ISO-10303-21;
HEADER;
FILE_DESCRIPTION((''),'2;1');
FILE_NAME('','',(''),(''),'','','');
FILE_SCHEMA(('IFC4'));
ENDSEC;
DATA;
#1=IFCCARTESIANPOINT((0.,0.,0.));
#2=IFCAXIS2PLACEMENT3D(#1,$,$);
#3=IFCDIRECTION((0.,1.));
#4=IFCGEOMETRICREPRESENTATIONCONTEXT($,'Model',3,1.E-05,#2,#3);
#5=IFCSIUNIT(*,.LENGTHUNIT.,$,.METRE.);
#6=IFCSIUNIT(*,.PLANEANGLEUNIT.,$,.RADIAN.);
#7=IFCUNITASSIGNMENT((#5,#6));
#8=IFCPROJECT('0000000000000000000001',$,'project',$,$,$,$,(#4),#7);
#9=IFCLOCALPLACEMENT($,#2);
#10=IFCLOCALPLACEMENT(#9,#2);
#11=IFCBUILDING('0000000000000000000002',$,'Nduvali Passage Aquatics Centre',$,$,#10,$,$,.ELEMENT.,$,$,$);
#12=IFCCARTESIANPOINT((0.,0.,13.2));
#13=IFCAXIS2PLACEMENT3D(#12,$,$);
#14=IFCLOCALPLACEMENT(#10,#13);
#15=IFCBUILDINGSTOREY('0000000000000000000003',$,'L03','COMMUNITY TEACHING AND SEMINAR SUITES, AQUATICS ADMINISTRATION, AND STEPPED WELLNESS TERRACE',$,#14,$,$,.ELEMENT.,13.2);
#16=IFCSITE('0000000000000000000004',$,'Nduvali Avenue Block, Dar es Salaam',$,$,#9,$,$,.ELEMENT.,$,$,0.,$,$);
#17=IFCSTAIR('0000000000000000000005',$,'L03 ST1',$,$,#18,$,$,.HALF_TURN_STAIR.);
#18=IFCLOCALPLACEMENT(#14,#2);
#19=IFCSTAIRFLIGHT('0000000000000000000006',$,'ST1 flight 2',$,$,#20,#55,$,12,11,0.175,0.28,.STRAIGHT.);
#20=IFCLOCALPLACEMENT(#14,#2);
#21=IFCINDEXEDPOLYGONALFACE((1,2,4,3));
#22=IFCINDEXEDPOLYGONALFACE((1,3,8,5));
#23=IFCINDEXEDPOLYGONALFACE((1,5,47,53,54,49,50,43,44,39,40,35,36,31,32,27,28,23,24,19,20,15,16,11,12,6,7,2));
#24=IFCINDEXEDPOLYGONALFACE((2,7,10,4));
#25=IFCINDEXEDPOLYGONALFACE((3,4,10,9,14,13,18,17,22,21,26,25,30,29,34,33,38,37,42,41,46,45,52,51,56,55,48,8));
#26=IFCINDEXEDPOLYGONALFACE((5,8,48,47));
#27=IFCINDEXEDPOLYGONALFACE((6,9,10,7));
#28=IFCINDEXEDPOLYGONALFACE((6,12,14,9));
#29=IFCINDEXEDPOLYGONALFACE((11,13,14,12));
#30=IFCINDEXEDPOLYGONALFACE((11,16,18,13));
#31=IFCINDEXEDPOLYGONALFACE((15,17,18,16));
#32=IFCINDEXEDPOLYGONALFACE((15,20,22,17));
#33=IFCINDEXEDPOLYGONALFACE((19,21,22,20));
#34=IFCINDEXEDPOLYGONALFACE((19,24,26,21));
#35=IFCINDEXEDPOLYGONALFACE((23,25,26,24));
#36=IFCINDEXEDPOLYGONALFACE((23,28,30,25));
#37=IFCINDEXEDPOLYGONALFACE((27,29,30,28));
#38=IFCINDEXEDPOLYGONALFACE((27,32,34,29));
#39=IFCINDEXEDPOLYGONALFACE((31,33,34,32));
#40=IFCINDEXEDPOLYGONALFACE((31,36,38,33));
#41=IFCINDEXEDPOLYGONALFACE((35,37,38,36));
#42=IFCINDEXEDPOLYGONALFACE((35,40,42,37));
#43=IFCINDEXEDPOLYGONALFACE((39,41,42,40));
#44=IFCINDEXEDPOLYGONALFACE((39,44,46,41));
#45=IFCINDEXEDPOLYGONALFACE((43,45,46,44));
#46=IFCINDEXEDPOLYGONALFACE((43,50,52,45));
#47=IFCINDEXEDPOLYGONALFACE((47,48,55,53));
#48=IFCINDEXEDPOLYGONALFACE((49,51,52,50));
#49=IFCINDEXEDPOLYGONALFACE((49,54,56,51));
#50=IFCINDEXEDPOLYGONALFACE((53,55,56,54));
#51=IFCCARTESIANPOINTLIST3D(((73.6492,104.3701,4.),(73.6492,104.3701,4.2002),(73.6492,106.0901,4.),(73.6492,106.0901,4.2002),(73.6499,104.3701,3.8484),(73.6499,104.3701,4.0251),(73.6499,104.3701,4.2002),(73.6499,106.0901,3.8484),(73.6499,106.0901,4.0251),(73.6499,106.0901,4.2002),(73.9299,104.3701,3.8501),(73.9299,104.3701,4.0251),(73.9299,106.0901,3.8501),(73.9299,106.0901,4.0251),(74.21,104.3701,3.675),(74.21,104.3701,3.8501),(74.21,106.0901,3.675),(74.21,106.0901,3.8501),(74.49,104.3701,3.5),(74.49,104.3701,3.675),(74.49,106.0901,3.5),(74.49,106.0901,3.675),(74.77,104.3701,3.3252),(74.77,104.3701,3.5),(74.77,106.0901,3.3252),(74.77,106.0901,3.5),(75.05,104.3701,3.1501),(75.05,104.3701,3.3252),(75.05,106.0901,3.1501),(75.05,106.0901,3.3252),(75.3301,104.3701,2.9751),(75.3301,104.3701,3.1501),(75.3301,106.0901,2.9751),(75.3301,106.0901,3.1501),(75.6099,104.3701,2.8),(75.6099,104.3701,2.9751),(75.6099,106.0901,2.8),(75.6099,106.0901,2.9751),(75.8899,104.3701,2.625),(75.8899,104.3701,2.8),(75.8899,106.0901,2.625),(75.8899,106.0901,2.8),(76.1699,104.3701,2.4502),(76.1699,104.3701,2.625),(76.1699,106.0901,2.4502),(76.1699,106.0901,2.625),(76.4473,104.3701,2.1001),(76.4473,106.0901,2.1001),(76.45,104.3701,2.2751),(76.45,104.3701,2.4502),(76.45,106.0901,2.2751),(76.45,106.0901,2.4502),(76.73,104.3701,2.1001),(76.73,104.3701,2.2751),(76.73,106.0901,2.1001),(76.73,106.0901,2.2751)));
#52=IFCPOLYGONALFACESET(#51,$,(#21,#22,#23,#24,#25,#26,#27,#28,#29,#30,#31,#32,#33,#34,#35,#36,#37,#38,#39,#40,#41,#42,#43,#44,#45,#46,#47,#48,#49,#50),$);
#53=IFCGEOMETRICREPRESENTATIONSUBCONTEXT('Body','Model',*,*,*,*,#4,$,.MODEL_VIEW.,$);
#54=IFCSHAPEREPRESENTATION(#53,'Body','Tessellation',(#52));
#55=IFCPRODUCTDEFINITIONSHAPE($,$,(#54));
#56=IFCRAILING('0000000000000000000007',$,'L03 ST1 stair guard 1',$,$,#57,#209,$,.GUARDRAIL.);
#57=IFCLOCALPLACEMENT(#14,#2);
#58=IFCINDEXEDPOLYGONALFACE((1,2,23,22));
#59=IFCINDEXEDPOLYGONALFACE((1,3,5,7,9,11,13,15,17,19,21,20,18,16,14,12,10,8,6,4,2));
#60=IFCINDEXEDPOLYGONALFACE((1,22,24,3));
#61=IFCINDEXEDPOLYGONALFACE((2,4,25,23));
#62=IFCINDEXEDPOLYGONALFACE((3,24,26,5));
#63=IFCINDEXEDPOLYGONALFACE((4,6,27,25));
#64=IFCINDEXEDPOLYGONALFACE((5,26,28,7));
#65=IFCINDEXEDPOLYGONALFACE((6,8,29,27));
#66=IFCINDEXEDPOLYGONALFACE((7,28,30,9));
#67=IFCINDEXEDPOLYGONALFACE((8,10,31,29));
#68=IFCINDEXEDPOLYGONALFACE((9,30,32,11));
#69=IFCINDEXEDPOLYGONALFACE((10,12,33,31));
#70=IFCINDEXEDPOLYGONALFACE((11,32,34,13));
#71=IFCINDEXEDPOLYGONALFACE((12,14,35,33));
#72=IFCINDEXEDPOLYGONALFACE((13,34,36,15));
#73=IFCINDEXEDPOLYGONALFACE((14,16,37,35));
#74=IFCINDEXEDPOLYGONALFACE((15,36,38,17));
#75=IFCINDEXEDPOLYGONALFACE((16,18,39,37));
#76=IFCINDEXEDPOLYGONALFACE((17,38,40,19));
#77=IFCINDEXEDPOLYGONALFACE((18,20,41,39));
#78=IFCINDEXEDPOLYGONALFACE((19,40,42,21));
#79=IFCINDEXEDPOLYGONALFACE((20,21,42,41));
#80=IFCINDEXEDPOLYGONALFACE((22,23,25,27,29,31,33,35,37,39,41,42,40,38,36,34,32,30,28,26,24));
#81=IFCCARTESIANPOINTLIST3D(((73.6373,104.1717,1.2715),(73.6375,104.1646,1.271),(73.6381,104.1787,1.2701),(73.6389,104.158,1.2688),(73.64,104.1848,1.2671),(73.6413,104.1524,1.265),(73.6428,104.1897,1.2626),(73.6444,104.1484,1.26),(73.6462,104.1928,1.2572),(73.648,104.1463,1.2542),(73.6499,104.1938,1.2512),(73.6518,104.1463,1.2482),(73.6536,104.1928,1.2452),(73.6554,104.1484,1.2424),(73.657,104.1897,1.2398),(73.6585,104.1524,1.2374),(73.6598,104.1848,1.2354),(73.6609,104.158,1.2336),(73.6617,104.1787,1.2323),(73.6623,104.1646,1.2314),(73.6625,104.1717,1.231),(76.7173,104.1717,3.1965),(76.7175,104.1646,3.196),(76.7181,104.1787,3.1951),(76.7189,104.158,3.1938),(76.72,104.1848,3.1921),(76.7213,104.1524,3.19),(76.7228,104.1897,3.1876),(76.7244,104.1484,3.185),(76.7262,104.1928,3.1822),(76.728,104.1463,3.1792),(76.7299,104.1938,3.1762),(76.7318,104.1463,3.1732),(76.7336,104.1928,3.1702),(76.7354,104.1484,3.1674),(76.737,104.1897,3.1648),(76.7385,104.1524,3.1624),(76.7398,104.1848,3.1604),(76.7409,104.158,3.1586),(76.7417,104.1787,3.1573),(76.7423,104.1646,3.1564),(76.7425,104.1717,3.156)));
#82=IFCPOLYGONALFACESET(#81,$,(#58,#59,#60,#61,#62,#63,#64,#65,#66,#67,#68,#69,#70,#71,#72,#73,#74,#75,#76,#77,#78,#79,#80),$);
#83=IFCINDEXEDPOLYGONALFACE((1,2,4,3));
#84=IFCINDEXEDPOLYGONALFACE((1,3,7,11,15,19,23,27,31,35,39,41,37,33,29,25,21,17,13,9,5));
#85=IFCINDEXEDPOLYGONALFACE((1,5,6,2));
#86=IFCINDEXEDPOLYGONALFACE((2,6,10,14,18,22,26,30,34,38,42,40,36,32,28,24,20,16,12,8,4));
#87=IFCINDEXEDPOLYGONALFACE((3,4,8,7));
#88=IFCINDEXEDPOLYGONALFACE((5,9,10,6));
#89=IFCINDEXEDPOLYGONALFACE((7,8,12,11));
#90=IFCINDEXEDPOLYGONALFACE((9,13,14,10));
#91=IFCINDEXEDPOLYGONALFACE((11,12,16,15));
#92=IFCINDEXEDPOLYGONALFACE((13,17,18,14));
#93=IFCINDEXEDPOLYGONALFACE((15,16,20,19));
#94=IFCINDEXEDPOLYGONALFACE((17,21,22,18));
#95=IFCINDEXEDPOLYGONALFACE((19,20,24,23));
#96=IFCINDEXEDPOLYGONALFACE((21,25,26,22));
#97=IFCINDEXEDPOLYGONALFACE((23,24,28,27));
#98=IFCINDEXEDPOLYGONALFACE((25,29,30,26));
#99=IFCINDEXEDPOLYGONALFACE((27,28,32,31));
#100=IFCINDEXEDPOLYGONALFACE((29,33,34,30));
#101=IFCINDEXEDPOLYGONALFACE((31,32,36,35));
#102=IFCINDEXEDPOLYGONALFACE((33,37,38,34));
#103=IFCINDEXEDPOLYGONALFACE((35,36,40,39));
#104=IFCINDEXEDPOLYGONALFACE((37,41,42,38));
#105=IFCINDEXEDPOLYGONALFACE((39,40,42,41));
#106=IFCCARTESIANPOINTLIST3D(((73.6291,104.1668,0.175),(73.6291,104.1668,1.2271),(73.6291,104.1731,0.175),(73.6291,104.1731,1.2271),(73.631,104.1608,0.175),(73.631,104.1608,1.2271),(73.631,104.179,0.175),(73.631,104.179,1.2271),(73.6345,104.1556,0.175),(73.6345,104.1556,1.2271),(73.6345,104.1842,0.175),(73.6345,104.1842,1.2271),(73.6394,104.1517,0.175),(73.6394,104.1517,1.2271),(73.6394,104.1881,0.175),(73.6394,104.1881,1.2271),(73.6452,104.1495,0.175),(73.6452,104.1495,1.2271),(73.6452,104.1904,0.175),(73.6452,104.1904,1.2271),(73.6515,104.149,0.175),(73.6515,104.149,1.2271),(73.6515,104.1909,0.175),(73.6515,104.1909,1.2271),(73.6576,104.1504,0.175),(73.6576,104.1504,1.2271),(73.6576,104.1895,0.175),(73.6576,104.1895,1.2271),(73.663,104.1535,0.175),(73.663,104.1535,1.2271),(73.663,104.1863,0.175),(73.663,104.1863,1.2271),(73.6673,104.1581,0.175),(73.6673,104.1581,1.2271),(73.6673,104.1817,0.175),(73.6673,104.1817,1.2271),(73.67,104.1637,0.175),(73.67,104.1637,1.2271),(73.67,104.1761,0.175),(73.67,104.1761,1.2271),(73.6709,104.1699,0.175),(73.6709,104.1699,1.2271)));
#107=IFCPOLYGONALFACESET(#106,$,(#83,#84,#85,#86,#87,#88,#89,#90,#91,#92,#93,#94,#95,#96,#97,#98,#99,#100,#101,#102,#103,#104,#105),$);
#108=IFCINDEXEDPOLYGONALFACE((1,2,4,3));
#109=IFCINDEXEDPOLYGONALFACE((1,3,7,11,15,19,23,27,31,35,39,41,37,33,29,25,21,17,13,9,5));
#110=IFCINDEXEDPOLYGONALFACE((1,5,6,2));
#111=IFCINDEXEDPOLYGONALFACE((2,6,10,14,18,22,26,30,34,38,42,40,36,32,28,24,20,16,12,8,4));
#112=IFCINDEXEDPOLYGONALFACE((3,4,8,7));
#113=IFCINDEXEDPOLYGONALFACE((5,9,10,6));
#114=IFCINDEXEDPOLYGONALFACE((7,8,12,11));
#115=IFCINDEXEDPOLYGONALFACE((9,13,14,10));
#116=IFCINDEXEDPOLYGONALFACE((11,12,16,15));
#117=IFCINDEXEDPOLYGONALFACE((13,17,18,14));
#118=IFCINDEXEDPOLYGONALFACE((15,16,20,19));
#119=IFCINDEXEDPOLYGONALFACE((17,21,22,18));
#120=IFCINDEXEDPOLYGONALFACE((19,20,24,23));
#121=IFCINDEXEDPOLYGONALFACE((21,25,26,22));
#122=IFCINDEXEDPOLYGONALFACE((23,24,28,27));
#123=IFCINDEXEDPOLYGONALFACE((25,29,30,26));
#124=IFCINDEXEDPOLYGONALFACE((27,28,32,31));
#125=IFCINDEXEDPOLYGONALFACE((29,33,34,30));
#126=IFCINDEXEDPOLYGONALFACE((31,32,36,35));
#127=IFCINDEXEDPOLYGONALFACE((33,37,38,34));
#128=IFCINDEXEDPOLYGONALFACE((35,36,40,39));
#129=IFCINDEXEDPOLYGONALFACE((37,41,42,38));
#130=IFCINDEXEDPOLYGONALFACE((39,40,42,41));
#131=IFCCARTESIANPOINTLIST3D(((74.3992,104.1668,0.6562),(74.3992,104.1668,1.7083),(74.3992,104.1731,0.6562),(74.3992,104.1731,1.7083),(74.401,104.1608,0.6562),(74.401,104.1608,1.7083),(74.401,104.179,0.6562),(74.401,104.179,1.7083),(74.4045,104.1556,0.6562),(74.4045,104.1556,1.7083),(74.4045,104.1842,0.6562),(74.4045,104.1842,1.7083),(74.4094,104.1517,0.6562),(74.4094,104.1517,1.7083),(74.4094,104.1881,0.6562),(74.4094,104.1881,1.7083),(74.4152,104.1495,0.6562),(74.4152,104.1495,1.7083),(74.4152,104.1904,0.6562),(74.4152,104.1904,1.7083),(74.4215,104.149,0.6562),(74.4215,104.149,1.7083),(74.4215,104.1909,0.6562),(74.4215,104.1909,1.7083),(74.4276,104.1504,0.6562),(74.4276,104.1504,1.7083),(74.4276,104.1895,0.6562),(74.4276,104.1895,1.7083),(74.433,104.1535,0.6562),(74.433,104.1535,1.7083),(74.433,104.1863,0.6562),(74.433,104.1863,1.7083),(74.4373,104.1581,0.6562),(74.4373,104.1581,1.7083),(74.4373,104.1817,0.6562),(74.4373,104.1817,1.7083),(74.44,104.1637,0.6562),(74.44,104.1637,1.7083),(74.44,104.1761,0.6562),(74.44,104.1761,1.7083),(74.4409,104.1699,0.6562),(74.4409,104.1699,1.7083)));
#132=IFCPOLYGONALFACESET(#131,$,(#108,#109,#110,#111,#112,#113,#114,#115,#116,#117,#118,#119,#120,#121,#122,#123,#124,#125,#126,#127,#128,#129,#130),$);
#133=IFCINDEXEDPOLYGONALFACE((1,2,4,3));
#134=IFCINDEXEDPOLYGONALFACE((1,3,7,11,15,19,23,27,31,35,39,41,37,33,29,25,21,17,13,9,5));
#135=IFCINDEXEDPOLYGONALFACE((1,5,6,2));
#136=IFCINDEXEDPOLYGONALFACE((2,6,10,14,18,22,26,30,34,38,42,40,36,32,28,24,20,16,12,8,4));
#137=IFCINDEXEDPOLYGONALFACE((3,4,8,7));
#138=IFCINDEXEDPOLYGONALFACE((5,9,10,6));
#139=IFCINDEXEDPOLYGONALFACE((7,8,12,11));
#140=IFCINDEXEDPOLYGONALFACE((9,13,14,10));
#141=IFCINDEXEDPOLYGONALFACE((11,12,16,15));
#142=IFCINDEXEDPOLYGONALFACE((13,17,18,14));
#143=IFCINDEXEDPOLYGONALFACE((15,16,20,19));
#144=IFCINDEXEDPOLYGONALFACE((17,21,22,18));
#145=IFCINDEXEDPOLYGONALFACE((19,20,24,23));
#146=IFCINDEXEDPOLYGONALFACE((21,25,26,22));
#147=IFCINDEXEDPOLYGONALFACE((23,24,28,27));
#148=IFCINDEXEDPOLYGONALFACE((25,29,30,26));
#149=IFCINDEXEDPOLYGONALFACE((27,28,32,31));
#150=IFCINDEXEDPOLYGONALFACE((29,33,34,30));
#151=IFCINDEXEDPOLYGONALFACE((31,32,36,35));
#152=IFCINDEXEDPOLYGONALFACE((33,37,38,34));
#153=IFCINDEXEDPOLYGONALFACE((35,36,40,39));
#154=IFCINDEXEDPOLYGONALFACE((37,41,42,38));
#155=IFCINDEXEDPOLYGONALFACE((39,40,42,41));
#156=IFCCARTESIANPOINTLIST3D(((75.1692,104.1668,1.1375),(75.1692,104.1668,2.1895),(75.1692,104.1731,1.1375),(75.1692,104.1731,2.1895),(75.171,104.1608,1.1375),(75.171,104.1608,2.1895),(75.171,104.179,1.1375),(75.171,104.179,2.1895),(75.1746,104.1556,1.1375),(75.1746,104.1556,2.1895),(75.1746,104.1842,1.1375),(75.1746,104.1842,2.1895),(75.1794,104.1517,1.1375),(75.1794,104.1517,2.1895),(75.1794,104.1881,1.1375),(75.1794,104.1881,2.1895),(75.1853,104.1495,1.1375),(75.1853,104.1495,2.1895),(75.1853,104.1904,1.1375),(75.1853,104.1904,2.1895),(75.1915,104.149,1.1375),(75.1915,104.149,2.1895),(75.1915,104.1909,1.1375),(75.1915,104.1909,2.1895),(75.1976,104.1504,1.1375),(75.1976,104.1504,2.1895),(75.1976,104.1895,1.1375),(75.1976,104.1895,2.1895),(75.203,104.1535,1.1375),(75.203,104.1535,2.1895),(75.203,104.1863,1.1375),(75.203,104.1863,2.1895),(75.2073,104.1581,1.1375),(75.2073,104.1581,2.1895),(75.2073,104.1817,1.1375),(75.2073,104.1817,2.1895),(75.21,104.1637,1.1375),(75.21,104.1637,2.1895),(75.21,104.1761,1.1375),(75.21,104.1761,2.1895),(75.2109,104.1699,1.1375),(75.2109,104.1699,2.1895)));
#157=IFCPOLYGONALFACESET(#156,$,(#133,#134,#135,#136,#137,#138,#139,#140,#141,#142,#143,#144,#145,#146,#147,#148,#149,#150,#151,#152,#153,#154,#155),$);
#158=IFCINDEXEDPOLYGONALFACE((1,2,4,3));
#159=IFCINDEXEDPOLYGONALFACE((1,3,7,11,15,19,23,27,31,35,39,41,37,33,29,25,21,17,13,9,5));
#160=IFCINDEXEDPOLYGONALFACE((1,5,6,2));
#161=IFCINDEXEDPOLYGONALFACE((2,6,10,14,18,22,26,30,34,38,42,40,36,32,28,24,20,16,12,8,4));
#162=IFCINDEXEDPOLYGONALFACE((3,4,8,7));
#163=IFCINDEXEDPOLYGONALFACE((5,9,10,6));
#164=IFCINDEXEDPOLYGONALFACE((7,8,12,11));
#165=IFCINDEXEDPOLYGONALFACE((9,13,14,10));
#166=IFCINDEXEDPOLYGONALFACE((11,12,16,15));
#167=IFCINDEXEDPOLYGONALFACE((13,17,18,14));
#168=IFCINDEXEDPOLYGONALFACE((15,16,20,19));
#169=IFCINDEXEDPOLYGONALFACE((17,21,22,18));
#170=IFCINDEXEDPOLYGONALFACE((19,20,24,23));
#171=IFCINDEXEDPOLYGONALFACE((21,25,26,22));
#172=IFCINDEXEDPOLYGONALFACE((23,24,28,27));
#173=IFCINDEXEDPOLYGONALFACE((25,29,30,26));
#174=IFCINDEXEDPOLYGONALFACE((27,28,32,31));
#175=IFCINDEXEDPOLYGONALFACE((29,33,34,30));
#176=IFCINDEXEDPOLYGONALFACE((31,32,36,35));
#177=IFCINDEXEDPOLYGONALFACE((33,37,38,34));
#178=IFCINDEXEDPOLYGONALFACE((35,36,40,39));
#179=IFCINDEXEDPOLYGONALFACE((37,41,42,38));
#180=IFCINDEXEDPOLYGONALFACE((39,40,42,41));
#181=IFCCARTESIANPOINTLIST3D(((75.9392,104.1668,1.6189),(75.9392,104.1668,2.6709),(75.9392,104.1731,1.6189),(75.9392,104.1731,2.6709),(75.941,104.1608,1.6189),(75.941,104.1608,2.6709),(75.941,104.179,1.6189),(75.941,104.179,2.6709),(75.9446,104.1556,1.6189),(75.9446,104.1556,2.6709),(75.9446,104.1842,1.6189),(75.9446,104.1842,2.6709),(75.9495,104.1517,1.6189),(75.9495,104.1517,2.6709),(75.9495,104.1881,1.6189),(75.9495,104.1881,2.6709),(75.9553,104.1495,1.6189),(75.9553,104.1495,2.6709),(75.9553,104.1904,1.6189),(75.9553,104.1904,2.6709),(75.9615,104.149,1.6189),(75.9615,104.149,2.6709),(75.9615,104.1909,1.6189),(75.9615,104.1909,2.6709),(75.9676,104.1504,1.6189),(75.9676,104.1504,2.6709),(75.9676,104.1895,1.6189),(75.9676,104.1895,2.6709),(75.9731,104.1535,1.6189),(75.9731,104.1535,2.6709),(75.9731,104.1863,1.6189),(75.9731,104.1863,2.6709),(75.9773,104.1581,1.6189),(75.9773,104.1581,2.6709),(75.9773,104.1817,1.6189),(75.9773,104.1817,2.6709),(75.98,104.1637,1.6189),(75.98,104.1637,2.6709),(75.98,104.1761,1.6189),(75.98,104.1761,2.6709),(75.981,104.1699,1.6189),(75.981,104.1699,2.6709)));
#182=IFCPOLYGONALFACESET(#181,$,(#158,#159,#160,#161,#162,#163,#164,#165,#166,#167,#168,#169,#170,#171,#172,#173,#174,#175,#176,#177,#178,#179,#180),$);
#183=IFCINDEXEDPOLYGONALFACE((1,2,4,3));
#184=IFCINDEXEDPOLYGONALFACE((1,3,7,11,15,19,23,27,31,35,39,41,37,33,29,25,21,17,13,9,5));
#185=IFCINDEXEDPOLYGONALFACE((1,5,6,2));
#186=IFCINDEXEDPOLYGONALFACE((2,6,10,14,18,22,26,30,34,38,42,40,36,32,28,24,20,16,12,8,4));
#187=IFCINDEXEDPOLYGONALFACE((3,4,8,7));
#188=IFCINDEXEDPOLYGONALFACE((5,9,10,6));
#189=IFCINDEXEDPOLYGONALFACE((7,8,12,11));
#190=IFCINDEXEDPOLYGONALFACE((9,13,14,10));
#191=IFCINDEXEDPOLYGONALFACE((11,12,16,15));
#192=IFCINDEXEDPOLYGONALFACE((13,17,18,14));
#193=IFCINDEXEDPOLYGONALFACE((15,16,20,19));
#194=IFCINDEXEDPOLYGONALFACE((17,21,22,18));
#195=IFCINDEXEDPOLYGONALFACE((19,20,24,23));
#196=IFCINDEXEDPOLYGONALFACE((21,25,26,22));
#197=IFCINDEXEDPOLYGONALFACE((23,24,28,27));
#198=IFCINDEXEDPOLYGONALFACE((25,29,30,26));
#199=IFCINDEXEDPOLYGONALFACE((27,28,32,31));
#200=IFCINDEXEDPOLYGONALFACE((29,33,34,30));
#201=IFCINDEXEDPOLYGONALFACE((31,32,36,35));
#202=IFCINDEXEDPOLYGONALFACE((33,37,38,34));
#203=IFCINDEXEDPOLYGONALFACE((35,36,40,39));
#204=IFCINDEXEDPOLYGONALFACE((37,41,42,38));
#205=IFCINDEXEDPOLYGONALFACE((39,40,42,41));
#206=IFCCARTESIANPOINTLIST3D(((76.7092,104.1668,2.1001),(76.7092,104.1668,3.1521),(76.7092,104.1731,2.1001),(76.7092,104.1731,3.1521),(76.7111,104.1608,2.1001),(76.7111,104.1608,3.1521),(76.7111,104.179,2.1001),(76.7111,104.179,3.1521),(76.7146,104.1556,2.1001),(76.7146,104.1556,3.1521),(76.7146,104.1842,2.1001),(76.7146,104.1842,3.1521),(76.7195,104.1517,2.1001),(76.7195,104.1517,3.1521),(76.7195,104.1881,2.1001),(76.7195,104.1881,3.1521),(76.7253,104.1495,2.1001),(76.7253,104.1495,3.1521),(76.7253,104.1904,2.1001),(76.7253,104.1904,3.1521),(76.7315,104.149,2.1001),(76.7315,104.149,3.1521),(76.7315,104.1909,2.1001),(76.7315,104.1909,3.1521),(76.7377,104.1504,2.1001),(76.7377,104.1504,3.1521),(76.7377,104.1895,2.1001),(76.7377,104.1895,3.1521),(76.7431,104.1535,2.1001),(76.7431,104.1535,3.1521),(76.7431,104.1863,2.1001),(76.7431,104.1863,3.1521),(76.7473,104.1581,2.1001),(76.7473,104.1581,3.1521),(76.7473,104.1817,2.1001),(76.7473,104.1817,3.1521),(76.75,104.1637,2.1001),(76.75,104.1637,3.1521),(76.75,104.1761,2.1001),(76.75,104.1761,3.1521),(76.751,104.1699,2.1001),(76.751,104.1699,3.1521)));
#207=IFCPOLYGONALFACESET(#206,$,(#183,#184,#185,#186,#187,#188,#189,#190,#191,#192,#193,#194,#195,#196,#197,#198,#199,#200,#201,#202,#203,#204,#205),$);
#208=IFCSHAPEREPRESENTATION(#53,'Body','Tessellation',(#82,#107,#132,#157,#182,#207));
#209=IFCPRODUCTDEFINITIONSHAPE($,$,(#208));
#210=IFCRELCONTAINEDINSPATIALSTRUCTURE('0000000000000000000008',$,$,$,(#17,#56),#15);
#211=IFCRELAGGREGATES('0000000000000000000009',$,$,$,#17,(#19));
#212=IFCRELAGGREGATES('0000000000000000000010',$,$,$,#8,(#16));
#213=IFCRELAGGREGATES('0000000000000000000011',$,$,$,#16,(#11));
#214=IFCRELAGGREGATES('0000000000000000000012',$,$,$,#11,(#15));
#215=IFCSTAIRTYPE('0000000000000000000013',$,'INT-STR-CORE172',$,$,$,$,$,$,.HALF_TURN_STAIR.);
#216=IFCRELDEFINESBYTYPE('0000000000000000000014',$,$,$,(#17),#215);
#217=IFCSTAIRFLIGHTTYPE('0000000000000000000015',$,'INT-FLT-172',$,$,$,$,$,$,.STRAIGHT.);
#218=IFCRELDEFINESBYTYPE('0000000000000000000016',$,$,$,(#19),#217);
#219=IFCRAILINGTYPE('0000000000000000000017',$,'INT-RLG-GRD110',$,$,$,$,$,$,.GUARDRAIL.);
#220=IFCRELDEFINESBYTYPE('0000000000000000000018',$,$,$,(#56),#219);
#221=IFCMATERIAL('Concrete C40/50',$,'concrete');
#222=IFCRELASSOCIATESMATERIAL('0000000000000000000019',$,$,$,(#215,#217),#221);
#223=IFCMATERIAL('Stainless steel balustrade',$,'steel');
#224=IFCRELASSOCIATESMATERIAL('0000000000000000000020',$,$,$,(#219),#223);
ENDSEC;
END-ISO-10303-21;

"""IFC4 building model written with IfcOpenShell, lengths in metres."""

from ifc_helpers import new_model, si_unit, direction, frame, origin, origin_2d, place, context, subcontext, project, spatial, polyline, circle, outline, extrude, material, type_object, element, aggregate, save


model = new_model("IFC4")

# Units and contexts
model_context = context("Model", 3, precision=1e-05, world=origin(), true_north=direction((0.0, 1.0)))
body_context = subcontext(model_context, "Body", "Model", "MODEL_VIEW")
ifc_project = project(units=[si_unit("LENGTHUNIT", "METRE"), si_unit("PLANEANGLEUNIT", "RADIAN")], contexts=[model_context])

# Site, building, storey
site_placement = place(None, origin())
site = spatial("IfcSite", under=ifc_project, at=site_placement, Name="Nduvali Avenue Block, Dar es Salaam", CompositionType="ELEMENT", RefElevation=0.0)
building_placement = place(site_placement, origin())
building = spatial("IfcBuilding", under=site, at=building_placement, Name="Nduvali Passage Aquatics Centre", CompositionType="ELEMENT")
storey_placement = place(building_placement, frame((0.0, 0.0, 13.2)))
storey = spatial("IfcBuildingStorey", under=building, at=storey_placement, Name="L03", Description="COMMUNITY TEACHING AND SEMINAR SUITES, AQUATICS ADMINISTRATION, AND STEPPED WELLNESS TERRACE", CompositionType="ELEMENT", Elevation=13.2)

# Shared definitions
ifc_material_1 = material(Name="Concrete C40/50", Category="concrete")

# Stair, stair flight
stair_type = type_object("IfcStairType", Name="INT-STR-CORE172", PredefinedType="HALF_TURN_STAIR", material=ifc_material_1)
stair_placement = place(storey_placement, origin())
stair = element("IfcStair", 1, at=stair_placement, inside=storey, type_object=stair_type, Name="L03 ST1", PredefinedType="HALF_TURN_STAIR")
stair_flight_type = type_object("IfcStairFlightType", Name="INT-FLT-172", PredefinedType="STRAIGHT", material=ifc_material_1)
stair_flight_1_placement = place(storey_placement, frame((76.73, 105.23, 2.1001), z_axis=(0.0, 0.0, 1.0), x_axis=(-1.0, 0.0, 0.0)))
stair_flight_1 = element("IfcStairFlight", 2, at=stair_flight_1_placement, type_object=stair_flight_type, Name="ST1 flight 2", NumberOfRisers=12, NumberOfTreads=11, PredefinedType="STRAIGHT", RiserHeight=0.175, TreadLength=0.28, context=body_context, shape_type="SweptSolid", body=[
    extrude(outline(polyline([(0.0, 0.0), (0.0, 0.175), (0.28, 0.175), (0.28, 0.3501), (0.5601, 0.3501), (0.5601, 0.5249), (0.8401, 0.5249), (0.8401, 0.7), (1.1201, 0.7), (1.1201, 0.875), (1.3999, 0.875), (1.3999, 1.05), (1.6799, 1.05), (1.6799, 1.2251), (1.96, 1.2251), (1.96, 1.3999), (2.24, 1.3999), (2.24, 1.575), (2.52, 1.575), (2.52, 1.75), (2.8, 1.75), (2.8, 1.925), (3.0801, 1.925), (3.0801, 2.1001), (3.0808, 2.1001), (3.0808, 1.8999), (3.0801, 1.7483), (0.2827, 0.0), (0.0, 0.0)])), frame((0.0, 0.8599, 0.0), z_axis=(0.0, -1.0, 0.0), x_axis=(1.0, 0.0, 0.0)), (0.0, 0.0, 1.0), 1.72),
])
aggregate(stair, [stair_flight_1])

# Railing
ifc_material_2 = material(Name="Stainless steel balustrade", Category="steel")
railing_type_1 = type_object("IfcRailingType", Name="INT-RLG-GRD110", PredefinedType="GUARDRAIL", material=ifc_material_2)
railing_1_placement = place(storey_placement, frame((73.6499, 104.1699, 0.175)))
element("IfcRailing", 3, at=railing_1_placement, inside=storey, type_object=railing_type_1, Name="L03 ST1 stair guard 1", PredefinedType="GUARDRAIL", context=body_context, shape_type="SweptSolid", body=[
    extrude(circle(Radius=0.0239, at=origin_2d()), frame((0.0, 0.0, 1.0762), z_axis=(0.847998, 0.0, 0.529999), x_axis=(0.0, 1.0, 0.0)), (0.0, 0.0, 1.0), 3.6321),
    extrude(circle(Radius=0.021, at=origin_2d()), origin(), (0.0, 0.0, 1.0), 1.052),
    extrude(circle(Radius=0.021, at=origin_2d()), frame((0.77, 0.0, 0.4812)), (0.0, 0.0, 1.0), 1.052),
    extrude(circle(Radius=0.021, at=origin_2d()), frame((1.54, 0.0, 0.9624)), (0.0, 0.0, 1.0), 1.052),
    extrude(circle(Radius=0.021, at=origin_2d()), frame((2.3101, 0.0, 1.4438)), (0.0, 0.0, 1.0), 1.052),
    extrude(circle(Radius=0.021, at=origin_2d()), frame((3.0801, 0.0, 1.925)), (0.0, 0.0, 1.0), 1.052),
])

save(model, "model.ifc")
